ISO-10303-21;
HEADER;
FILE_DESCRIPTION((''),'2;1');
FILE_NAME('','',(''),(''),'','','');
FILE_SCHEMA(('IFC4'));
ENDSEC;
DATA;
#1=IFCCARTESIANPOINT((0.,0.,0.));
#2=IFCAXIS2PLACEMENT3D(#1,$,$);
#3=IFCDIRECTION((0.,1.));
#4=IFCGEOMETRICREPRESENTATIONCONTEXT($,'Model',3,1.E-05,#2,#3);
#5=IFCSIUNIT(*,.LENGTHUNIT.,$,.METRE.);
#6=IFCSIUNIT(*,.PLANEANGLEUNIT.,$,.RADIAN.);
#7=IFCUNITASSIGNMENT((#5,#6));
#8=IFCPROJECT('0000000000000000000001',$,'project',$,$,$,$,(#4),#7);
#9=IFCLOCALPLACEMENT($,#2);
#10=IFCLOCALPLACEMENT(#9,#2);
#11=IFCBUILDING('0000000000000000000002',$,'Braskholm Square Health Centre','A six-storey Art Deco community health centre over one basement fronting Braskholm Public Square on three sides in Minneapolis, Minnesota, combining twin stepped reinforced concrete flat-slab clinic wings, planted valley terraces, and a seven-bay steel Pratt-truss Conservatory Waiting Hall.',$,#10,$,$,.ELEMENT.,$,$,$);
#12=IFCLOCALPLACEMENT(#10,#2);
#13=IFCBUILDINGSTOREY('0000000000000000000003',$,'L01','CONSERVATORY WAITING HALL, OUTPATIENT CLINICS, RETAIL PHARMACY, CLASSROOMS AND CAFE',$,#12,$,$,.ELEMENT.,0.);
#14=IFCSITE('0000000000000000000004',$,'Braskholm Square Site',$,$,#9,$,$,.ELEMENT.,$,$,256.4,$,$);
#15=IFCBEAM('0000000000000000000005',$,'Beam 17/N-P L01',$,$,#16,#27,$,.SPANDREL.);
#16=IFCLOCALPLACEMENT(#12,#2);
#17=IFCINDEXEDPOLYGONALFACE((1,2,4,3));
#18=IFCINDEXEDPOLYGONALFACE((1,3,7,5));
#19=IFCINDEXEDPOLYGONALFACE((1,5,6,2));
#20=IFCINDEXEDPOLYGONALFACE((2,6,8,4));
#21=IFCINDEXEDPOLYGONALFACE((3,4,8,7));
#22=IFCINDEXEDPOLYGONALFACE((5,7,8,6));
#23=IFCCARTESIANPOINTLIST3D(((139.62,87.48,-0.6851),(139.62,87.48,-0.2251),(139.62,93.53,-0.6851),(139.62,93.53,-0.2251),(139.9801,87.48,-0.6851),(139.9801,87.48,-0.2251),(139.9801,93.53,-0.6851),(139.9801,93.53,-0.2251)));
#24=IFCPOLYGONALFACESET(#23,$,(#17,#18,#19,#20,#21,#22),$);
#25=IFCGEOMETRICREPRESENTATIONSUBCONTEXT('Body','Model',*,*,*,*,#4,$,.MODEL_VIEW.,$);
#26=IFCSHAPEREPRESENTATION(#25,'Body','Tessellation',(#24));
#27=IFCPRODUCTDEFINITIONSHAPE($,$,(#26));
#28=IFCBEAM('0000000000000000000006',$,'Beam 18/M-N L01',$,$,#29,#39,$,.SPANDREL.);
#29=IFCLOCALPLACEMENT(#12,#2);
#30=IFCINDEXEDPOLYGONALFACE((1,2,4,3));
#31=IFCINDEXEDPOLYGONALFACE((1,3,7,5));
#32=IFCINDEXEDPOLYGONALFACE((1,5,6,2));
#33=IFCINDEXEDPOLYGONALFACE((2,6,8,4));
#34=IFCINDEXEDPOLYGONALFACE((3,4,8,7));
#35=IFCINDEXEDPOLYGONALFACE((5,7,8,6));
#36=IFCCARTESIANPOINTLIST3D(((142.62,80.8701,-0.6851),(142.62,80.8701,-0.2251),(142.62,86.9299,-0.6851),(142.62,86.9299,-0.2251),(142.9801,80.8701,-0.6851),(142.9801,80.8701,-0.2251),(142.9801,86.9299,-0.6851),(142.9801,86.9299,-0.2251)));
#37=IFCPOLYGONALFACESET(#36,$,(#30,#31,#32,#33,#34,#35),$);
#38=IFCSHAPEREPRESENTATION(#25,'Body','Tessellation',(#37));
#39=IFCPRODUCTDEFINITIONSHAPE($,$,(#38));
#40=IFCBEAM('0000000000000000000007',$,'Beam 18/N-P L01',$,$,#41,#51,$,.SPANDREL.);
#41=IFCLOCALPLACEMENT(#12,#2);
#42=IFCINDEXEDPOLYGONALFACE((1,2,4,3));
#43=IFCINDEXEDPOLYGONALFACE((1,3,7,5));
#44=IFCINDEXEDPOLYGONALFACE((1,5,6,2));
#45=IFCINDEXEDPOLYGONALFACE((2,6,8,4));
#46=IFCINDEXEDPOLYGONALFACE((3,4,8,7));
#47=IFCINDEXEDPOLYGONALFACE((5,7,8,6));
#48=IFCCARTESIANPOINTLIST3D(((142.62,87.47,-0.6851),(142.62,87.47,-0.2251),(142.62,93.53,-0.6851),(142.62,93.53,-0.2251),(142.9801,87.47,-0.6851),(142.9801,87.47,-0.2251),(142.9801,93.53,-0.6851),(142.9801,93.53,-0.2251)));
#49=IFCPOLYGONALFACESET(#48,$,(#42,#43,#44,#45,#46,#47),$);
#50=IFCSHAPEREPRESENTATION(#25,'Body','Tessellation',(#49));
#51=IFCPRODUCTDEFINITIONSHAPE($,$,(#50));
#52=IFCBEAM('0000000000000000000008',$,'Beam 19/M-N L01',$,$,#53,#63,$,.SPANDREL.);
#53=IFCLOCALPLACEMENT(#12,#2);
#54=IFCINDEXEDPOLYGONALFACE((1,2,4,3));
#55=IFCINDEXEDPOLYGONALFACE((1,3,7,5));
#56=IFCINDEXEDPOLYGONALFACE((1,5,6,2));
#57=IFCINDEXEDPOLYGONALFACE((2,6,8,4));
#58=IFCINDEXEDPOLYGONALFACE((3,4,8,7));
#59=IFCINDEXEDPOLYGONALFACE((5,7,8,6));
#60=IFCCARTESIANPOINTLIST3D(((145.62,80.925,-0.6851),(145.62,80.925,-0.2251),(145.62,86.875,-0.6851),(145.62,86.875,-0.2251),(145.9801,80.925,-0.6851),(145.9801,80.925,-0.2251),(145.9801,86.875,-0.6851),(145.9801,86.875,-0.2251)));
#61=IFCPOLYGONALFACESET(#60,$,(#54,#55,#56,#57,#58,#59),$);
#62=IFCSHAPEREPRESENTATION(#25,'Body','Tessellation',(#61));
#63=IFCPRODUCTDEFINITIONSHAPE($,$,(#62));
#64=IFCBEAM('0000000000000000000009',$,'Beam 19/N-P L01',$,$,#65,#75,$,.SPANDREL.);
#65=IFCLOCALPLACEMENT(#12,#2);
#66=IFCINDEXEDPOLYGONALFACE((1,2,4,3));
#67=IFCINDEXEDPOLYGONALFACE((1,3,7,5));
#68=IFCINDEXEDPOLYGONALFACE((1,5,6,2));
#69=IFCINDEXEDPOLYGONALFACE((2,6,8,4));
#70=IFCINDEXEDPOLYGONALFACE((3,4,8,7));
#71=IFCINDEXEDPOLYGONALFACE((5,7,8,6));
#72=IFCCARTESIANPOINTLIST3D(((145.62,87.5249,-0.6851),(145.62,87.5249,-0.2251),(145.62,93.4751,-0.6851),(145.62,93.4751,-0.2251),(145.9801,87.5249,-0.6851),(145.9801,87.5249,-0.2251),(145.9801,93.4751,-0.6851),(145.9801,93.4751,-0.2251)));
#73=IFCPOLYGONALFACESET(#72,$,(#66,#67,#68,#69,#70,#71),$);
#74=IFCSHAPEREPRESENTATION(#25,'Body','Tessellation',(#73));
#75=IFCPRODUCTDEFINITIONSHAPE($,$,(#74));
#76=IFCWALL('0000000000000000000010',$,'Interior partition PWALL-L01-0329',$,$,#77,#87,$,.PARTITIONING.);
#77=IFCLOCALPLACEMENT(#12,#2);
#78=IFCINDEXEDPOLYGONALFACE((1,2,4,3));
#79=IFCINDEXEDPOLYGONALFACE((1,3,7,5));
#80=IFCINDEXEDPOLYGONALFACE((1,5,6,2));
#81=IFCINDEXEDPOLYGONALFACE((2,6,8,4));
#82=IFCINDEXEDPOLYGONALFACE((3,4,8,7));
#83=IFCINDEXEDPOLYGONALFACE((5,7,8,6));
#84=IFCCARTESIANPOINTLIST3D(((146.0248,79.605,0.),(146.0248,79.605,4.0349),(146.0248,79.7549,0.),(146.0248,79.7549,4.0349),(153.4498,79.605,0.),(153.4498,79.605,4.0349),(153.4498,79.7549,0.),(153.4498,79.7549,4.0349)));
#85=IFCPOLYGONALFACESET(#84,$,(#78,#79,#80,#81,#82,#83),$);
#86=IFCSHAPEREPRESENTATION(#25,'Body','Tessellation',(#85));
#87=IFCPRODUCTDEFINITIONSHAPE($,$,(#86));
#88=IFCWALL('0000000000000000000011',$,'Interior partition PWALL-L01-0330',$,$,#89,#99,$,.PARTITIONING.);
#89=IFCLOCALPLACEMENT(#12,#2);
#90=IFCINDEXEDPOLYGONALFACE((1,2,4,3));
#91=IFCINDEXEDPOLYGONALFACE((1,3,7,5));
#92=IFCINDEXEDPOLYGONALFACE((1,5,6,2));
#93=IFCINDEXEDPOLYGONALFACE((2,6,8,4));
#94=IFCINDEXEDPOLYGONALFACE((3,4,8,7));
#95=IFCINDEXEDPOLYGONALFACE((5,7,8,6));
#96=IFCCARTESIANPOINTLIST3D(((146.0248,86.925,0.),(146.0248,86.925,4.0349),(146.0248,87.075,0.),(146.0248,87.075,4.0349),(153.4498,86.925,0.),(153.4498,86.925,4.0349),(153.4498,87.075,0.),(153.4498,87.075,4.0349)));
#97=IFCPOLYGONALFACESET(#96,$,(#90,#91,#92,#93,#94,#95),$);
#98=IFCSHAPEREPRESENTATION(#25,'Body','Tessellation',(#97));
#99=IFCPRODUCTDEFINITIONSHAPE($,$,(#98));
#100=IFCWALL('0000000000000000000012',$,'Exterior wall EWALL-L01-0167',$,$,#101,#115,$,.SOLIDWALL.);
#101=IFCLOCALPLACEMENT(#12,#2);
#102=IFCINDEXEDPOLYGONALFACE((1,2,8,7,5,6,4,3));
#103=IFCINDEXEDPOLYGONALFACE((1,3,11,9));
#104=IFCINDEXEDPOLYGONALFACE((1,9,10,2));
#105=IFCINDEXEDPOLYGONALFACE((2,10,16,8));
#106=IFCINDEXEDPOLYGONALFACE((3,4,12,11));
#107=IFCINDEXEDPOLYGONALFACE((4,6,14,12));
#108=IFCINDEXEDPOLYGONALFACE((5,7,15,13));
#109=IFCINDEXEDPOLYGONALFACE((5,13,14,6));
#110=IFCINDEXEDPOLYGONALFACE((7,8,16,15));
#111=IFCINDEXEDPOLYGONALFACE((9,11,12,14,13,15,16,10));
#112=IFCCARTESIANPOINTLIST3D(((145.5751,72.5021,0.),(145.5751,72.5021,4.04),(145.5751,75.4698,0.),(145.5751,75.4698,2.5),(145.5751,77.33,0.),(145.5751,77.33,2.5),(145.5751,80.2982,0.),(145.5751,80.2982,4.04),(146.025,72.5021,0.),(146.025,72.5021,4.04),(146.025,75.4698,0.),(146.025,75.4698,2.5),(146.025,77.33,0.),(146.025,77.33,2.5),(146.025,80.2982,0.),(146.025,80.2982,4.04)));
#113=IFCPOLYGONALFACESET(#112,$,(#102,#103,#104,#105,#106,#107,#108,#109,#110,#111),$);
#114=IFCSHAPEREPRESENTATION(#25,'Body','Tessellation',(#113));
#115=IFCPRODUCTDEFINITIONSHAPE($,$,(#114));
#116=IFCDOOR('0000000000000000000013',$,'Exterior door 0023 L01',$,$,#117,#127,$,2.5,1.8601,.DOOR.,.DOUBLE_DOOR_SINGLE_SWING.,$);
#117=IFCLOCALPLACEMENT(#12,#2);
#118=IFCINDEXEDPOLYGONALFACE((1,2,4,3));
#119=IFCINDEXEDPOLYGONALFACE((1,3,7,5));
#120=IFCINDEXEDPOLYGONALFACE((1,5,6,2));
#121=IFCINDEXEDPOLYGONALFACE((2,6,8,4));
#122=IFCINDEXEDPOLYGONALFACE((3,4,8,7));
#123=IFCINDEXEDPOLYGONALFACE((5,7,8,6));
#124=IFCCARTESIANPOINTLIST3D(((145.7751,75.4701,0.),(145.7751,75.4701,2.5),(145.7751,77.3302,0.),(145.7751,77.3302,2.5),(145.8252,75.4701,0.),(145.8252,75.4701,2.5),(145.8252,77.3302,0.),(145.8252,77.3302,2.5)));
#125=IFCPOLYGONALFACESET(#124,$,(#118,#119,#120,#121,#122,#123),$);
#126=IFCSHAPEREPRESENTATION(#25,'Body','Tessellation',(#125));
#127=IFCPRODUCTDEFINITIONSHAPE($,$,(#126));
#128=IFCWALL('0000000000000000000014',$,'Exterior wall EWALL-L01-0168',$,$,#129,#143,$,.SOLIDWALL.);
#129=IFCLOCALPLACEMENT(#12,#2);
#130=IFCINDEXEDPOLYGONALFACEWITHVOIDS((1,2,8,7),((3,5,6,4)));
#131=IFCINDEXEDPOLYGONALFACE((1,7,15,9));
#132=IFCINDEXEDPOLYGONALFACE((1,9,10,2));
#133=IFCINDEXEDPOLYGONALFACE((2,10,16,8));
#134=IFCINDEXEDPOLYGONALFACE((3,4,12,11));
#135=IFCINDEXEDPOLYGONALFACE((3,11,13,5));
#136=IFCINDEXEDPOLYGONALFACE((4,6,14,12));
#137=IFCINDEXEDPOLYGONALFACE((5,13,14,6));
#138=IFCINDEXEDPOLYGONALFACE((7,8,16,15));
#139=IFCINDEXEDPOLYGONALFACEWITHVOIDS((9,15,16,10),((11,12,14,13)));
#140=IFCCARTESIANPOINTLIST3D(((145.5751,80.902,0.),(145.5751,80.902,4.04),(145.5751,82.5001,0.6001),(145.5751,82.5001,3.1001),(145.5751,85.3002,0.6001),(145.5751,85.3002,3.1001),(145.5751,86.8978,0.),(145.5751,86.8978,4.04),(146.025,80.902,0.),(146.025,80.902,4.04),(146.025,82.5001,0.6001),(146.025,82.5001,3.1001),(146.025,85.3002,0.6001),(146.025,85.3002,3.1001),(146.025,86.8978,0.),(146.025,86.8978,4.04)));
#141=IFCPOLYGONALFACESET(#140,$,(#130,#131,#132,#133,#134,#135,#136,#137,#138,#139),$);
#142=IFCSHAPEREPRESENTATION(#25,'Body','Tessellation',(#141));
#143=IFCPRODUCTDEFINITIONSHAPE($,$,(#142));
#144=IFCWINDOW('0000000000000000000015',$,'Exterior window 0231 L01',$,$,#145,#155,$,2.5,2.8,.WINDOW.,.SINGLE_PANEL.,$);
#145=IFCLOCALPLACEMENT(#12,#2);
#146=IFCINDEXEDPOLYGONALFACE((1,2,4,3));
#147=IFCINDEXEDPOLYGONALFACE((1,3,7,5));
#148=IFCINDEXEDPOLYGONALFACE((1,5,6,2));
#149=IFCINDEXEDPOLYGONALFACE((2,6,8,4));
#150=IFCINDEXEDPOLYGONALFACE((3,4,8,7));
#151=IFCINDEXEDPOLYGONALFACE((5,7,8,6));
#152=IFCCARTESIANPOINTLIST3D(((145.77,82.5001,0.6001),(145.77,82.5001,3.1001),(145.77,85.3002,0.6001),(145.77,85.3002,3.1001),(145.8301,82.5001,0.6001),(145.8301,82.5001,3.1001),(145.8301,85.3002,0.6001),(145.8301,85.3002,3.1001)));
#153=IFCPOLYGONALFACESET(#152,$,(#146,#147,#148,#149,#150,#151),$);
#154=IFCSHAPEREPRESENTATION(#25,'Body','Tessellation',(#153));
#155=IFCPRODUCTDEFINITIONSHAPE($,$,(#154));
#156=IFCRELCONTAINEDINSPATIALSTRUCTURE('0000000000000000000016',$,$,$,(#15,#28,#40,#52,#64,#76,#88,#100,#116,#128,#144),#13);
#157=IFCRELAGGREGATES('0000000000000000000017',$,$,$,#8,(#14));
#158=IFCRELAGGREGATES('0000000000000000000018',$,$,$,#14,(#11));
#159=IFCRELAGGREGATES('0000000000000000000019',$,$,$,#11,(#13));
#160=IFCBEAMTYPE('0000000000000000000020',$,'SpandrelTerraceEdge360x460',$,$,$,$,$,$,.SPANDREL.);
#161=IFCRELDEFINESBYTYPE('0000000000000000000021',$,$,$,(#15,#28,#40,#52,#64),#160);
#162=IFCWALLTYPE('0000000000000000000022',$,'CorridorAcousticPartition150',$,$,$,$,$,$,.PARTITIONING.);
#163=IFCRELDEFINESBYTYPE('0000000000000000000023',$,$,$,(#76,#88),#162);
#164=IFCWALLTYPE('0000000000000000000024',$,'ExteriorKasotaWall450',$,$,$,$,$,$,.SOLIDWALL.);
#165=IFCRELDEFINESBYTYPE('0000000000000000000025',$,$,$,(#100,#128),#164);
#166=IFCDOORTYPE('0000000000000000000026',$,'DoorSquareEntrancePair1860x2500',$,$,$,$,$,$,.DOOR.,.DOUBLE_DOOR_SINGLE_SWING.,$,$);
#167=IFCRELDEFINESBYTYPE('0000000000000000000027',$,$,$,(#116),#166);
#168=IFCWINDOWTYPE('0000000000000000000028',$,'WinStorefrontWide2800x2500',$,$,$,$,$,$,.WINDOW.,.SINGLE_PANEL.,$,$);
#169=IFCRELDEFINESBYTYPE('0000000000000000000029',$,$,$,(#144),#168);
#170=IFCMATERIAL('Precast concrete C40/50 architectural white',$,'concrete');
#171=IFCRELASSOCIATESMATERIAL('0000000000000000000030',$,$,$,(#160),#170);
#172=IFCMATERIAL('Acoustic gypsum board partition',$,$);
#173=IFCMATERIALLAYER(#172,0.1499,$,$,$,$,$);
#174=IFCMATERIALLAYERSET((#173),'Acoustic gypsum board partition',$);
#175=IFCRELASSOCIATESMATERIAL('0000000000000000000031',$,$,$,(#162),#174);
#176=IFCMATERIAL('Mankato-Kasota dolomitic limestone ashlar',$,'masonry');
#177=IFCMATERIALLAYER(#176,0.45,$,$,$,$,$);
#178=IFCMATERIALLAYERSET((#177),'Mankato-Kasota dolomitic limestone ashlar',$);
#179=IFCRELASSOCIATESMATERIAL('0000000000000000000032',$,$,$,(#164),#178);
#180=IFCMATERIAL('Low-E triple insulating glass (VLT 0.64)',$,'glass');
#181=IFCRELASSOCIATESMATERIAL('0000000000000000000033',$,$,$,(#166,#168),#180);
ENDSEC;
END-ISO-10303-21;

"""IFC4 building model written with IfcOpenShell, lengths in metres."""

from ifc_helpers import new_model, si_unit, direction, frame, frame_2d, origin, origin_with_axes, origin_2d, place, context, subcontext, project, spatial, rectangle, extrude, material, layer, layer_set, material_profile, profile_set, type_object, element, fill, save


model = new_model("IFC4")

# Units and contexts
model_context = context("Model", 3, precision=1e-05, world=origin(), true_north=direction((0.0, 1.0)))
body_context = subcontext(model_context, "Body", "Model", "MODEL_VIEW")
ifc_project = project(units=[si_unit("LENGTHUNIT", "METRE"), si_unit("PLANEANGLEUNIT", "RADIAN")], contexts=[model_context])

# Site, building, storey
site_placement = place(None, origin())
site = spatial("IfcSite", under=ifc_project, at=site_placement, Name="Braskholm Square Site", CompositionType="ELEMENT", RefElevation=256.4)
building_placement = place(site_placement, origin())
building = spatial("IfcBuilding", under=site, at=building_placement, Name="Braskholm Square Health Centre", Description="A six-storey Art Deco community health centre over one basement fronting Braskholm Public Square on three sides in Minneapolis, Minnesota, combining twin stepped reinforced concrete flat-slab clinic wings, planted valley terraces, and a seven-bay steel Pratt-truss Conservatory Waiting Hall.", CompositionType="ELEMENT")
storey_placement = place(building_placement, origin())
storey = spatial("IfcBuildingStorey", under=building, at=storey_placement, Name="L01", Description="CONSERVATORY WAITING HALL, OUTPATIENT CLINICS, RETAIL PHARMACY, CLASSROOMS AND CAFE", CompositionType="ELEMENT", Elevation=0.0)

# Shared definitions
ifc_material_1 = material(Name="Precast concrete C40/50 architectural white", Category="concrete")

# Beams
ifc_material_profile_1 = material_profile(ifc_material_1, rectangle(XDim=0.3601, YDim=0.46, at=origin_2d()), Name="RCB-360X460")
ifc_profile_set_1 = profile_set([ifc_material_profile_1], Name="Precast concrete C40/50 architectural white")
beam_type_1 = type_object("IfcBeamType", Name="SpandrelTerraceEdge360x460", PredefinedType="SPANDREL", material=ifc_profile_set_1)
beam_1_placement = place(storey_placement, frame((139.8, 87.48, -0.4551), z_axis=(0.0, 1.0, 0.0), x_axis=(-1.0, 0.0, 0.0)))
element("IfcBeam", 1, at=beam_1_placement, inside=storey, type_object=beam_type_1, Name="Beam 17/N-P L01", PredefinedType="SPANDREL", context=body_context, shape_type="SweptSolid", body=[
    extrude(rectangle(XDim=0.3601, YDim=0.46, at=origin_2d()), origin(), (0.0, 0.0, 1.0), 6.05),
])
beam_2_placement = place(storey_placement, frame((142.8, 80.8701, -0.4551), z_axis=(0.0, 1.0, 0.0), x_axis=(-1.0, 0.0, 0.0)))
element("IfcBeam", 2, at=beam_2_placement, inside=storey, type_object=beam_type_1, Name="Beam 18/M-N L01", PredefinedType="SPANDREL", context=body_context, shape_type="SweptSolid", body=[
    extrude(rectangle(XDim=0.3601, YDim=0.46, at=origin_2d()), origin(), (0.0, 0.0, 1.0), 6.0598),
])
beam_3_placement = place(storey_placement, frame((142.8, 87.47, -0.4551), z_axis=(0.0, 1.0, 0.0), x_axis=(-1.0, 0.0, 0.0)))
element("IfcBeam", 3, at=beam_3_placement, inside=storey, type_object=beam_type_1, Name="Beam 18/N-P L01", PredefinedType="SPANDREL", context=body_context, shape_type="SweptSolid", body=[
    extrude(rectangle(XDim=0.3601, YDim=0.46, at=origin_2d()), origin(), (0.0, 0.0, 1.0), 6.0601),
])
beam_4_placement = place(storey_placement, frame((145.8, 80.925, -0.4551), z_axis=(0.0, 1.0, 0.0), x_axis=(-1.0, 0.0, 0.0)))
element("IfcBeam", 4, at=beam_4_placement, inside=storey, type_object=beam_type_1, Name="Beam 19/M-N L01", PredefinedType="SPANDREL", context=body_context, shape_type="SweptSolid", body=[
    extrude(rectangle(XDim=0.3601, YDim=0.46, at=origin_2d()), origin(), (0.0, 0.0, 1.0), 5.95),
])
beam_5_placement = place(storey_placement, frame((145.8, 87.5249, -0.4551), z_axis=(0.0, 1.0, 0.0), x_axis=(-1.0, 0.0, 0.0)))
element("IfcBeam", 5, at=beam_5_placement, inside=storey, type_object=beam_type_1, Name="Beam 19/N-P L01", PredefinedType="SPANDREL", context=body_context, shape_type="SweptSolid", body=[
    extrude(rectangle(XDim=0.3601, YDim=0.46, at=origin_2d()), origin(), (0.0, 0.0, 1.0), 5.9502),
])

# Walls
ifc_material_2 = material(Name="Acoustic gypsum board partition")
ifc_layer_1 = layer(ifc_material_2, 0.1499)
ifc_layer_set_1 = layer_set([ifc_layer_1], Name="Acoustic gypsum board partition")
wall_type_1 = type_object("IfcWallType", Name="CorridorAcousticPartition150", PredefinedType="PARTITIONING", material=ifc_layer_set_1)
for number, where, z_axis, x_axis, name in (
    (6, (146.0249, 79.6799, 0.0), (0.0, 0.0, 1.0), (1.0, 0.0, 0.0), "Interior partition PWALL-L01-0329"),
    (7, (146.0249, 87.0, 0.0), (0.0, 0.0, 1.0), (1.0, 0.0, 0.0), "Interior partition PWALL-L01-0330"),
):
    element("IfcWall", number, at=place(storey_placement, frame(where, z_axis=z_axis, x_axis=x_axis)), inside=storey, type_object=wall_type_1, Name=name, PredefinedType="PARTITIONING", context=body_context, shape_type="SweptSolid", body=[
        extrude(rectangle(XDim=7.425, YDim=0.1499, at=frame_2d((3.7124, 0.0))), origin(), (0.0, 0.0, 1.0), 4.0349),
    ])

# Wall, opening, door
ifc_material_3 = material(Name="Mankato-Kasota dolomitic limestone ashlar", Category="masonry")
ifc_layer_2 = layer(ifc_material_3, 0.45)
ifc_layer_set_2 = layer_set([ifc_layer_2], Name="Mankato-Kasota dolomitic limestone ashlar")
wall_type_2 = type_object("IfcWallType", Name="ExteriorKasotaWall450", PredefinedType="SOLIDWALL", material=ifc_layer_set_2)
wall_1_placement = place(storey_placement, frame((145.8, 80.2981, 0.0), z_axis=(0.0, 0.0, 1.0), x_axis=(0.0, -1.0, 0.0)))
wall_1 = element("IfcWall", 8, at=wall_1_placement, inside=storey, type_object=wall_type_2, Name="Exterior wall EWALL-L01-0167", PredefinedType="SOLIDWALL", context=body_context, shape_type="SweptSolid", body=[
    extrude(rectangle(XDim=7.7961, YDim=0.45, at=frame_2d((3.8979, 0.0))), origin(), (0.0, 0.0, 1.0), 4.04),
])
opening_1_placement = place(wall_1_placement, frame((2.968, 0.0, 0.0)))
opening_1 = element("IfcOpeningElement", 9, at=opening_1_placement, cuts=wall_1, PredefinedType="OPENING", context=body_context, shape_type="SweptSolid", body=[
    extrude(rectangle(XDim=1.8601, YDim=2.5, at=frame_2d((0.9302, 1.25))), frame((0.0, 0.2349, 0.0), z_axis=(0.0, -1.0, 0.0), x_axis=(1.0, 0.0, 0.0)), (0.0, 0.0, 1.0), 0.47),
])
ifc_material_4 = material(Name="Low-E triple insulating glass (VLT 0.64)", Category="glass")
door_type = type_object("IfcDoorType", Name="DoorSquareEntrancePair1860x2500", OperationType="DOUBLE_DOOR_SINGLE_SWING", PredefinedType="DOOR", material=ifc_material_4)
door_placement = place(opening_1_placement, frame((1.8601, 0.0, 0.0), z_axis=(0.0, 0.0, 1.0), x_axis=(-1.0, 0.0, 0.0)))
door = element("IfcDoor", 10, at=door_placement, inside=storey, type_object=door_type, Name="Exterior door 0023 L01", OperationType="DOUBLE_DOOR_SINGLE_SWING", OverallHeight=2.5, OverallWidth=1.8601, PredefinedType="DOOR", context=body_context, shape_type="SweptSolid", body=[
    extrude(rectangle(XDim=1.8601, YDim=2.5, at=frame_2d((0.9302, 1.25))), frame((0.0, 0.0249, 0.0), z_axis=(0.0, -1.0, 0.0), x_axis=(1.0, 0.0, 0.0)), (0.0, 0.0, 1.0), 0.05),
])
fill(opening_1, door)

# Wall, opening, window
wall_2_placement = place(storey_placement, frame((145.8, 86.8979, 0.0), z_axis=(0.0, 0.0, 1.0), x_axis=(0.0, -1.0, 0.0)))
wall_2 = element("IfcWall", 11, at=wall_2_placement, inside=storey, type_object=wall_type_2, Name="Exterior wall EWALL-L01-0168", PredefinedType="SOLIDWALL", context=body_context, shape_type="SweptSolid", body=[
    extrude(rectangle(XDim=5.9958, YDim=0.45, at=frame_2d((2.998, 0.0))), origin(), (0.0, 0.0, 1.0), 4.04),
])
opening_2_placement = place(wall_2_placement, frame((1.5979, 0.0, 0.6001)))
opening_2 = element("IfcOpeningElement", 12, at=opening_2_placement, cuts=wall_2, PredefinedType="OPENING", context=body_context, shape_type="SweptSolid", body=[
    extrude(rectangle(XDim=2.8, YDim=2.5, at=frame_2d((1.3999, 1.25))), frame((0.0, 0.2349, 0.0), z_axis=(0.0, -1.0, 0.0), x_axis=(1.0, 0.0, 0.0)), (0.0, 0.0, 1.0), 0.47),
])
window_type_1 = type_object("IfcWindowType", Name="WinStorefrontWide2800x2500", PartitioningType="SINGLE_PANEL", PredefinedType="WINDOW", material=ifc_material_4)
window_1_placement = place(opening_2_placement, origin_with_axes())
window_1 = element("IfcWindow", 13, at=window_1_placement, inside=storey, type_object=window_type_1, Name="Exterior window 0231 L01", OverallHeight=2.5, OverallWidth=2.8, PartitioningType="SINGLE_PANEL", PredefinedType="WINDOW", context=body_context, shape_type="SweptSolid", body=[
    extrude(rectangle(XDim=2.8, YDim=2.5, at=frame_2d((1.3999, 1.25))), frame((0.0, 0.03, 0.0), z_axis=(0.0, -1.0, 0.0), x_axis=(1.0, 0.0, 0.0)), (0.0, 0.0, 1.0), 0.0601),
])
fill(opening_2, window_1)

save(model, "model.ifc")
